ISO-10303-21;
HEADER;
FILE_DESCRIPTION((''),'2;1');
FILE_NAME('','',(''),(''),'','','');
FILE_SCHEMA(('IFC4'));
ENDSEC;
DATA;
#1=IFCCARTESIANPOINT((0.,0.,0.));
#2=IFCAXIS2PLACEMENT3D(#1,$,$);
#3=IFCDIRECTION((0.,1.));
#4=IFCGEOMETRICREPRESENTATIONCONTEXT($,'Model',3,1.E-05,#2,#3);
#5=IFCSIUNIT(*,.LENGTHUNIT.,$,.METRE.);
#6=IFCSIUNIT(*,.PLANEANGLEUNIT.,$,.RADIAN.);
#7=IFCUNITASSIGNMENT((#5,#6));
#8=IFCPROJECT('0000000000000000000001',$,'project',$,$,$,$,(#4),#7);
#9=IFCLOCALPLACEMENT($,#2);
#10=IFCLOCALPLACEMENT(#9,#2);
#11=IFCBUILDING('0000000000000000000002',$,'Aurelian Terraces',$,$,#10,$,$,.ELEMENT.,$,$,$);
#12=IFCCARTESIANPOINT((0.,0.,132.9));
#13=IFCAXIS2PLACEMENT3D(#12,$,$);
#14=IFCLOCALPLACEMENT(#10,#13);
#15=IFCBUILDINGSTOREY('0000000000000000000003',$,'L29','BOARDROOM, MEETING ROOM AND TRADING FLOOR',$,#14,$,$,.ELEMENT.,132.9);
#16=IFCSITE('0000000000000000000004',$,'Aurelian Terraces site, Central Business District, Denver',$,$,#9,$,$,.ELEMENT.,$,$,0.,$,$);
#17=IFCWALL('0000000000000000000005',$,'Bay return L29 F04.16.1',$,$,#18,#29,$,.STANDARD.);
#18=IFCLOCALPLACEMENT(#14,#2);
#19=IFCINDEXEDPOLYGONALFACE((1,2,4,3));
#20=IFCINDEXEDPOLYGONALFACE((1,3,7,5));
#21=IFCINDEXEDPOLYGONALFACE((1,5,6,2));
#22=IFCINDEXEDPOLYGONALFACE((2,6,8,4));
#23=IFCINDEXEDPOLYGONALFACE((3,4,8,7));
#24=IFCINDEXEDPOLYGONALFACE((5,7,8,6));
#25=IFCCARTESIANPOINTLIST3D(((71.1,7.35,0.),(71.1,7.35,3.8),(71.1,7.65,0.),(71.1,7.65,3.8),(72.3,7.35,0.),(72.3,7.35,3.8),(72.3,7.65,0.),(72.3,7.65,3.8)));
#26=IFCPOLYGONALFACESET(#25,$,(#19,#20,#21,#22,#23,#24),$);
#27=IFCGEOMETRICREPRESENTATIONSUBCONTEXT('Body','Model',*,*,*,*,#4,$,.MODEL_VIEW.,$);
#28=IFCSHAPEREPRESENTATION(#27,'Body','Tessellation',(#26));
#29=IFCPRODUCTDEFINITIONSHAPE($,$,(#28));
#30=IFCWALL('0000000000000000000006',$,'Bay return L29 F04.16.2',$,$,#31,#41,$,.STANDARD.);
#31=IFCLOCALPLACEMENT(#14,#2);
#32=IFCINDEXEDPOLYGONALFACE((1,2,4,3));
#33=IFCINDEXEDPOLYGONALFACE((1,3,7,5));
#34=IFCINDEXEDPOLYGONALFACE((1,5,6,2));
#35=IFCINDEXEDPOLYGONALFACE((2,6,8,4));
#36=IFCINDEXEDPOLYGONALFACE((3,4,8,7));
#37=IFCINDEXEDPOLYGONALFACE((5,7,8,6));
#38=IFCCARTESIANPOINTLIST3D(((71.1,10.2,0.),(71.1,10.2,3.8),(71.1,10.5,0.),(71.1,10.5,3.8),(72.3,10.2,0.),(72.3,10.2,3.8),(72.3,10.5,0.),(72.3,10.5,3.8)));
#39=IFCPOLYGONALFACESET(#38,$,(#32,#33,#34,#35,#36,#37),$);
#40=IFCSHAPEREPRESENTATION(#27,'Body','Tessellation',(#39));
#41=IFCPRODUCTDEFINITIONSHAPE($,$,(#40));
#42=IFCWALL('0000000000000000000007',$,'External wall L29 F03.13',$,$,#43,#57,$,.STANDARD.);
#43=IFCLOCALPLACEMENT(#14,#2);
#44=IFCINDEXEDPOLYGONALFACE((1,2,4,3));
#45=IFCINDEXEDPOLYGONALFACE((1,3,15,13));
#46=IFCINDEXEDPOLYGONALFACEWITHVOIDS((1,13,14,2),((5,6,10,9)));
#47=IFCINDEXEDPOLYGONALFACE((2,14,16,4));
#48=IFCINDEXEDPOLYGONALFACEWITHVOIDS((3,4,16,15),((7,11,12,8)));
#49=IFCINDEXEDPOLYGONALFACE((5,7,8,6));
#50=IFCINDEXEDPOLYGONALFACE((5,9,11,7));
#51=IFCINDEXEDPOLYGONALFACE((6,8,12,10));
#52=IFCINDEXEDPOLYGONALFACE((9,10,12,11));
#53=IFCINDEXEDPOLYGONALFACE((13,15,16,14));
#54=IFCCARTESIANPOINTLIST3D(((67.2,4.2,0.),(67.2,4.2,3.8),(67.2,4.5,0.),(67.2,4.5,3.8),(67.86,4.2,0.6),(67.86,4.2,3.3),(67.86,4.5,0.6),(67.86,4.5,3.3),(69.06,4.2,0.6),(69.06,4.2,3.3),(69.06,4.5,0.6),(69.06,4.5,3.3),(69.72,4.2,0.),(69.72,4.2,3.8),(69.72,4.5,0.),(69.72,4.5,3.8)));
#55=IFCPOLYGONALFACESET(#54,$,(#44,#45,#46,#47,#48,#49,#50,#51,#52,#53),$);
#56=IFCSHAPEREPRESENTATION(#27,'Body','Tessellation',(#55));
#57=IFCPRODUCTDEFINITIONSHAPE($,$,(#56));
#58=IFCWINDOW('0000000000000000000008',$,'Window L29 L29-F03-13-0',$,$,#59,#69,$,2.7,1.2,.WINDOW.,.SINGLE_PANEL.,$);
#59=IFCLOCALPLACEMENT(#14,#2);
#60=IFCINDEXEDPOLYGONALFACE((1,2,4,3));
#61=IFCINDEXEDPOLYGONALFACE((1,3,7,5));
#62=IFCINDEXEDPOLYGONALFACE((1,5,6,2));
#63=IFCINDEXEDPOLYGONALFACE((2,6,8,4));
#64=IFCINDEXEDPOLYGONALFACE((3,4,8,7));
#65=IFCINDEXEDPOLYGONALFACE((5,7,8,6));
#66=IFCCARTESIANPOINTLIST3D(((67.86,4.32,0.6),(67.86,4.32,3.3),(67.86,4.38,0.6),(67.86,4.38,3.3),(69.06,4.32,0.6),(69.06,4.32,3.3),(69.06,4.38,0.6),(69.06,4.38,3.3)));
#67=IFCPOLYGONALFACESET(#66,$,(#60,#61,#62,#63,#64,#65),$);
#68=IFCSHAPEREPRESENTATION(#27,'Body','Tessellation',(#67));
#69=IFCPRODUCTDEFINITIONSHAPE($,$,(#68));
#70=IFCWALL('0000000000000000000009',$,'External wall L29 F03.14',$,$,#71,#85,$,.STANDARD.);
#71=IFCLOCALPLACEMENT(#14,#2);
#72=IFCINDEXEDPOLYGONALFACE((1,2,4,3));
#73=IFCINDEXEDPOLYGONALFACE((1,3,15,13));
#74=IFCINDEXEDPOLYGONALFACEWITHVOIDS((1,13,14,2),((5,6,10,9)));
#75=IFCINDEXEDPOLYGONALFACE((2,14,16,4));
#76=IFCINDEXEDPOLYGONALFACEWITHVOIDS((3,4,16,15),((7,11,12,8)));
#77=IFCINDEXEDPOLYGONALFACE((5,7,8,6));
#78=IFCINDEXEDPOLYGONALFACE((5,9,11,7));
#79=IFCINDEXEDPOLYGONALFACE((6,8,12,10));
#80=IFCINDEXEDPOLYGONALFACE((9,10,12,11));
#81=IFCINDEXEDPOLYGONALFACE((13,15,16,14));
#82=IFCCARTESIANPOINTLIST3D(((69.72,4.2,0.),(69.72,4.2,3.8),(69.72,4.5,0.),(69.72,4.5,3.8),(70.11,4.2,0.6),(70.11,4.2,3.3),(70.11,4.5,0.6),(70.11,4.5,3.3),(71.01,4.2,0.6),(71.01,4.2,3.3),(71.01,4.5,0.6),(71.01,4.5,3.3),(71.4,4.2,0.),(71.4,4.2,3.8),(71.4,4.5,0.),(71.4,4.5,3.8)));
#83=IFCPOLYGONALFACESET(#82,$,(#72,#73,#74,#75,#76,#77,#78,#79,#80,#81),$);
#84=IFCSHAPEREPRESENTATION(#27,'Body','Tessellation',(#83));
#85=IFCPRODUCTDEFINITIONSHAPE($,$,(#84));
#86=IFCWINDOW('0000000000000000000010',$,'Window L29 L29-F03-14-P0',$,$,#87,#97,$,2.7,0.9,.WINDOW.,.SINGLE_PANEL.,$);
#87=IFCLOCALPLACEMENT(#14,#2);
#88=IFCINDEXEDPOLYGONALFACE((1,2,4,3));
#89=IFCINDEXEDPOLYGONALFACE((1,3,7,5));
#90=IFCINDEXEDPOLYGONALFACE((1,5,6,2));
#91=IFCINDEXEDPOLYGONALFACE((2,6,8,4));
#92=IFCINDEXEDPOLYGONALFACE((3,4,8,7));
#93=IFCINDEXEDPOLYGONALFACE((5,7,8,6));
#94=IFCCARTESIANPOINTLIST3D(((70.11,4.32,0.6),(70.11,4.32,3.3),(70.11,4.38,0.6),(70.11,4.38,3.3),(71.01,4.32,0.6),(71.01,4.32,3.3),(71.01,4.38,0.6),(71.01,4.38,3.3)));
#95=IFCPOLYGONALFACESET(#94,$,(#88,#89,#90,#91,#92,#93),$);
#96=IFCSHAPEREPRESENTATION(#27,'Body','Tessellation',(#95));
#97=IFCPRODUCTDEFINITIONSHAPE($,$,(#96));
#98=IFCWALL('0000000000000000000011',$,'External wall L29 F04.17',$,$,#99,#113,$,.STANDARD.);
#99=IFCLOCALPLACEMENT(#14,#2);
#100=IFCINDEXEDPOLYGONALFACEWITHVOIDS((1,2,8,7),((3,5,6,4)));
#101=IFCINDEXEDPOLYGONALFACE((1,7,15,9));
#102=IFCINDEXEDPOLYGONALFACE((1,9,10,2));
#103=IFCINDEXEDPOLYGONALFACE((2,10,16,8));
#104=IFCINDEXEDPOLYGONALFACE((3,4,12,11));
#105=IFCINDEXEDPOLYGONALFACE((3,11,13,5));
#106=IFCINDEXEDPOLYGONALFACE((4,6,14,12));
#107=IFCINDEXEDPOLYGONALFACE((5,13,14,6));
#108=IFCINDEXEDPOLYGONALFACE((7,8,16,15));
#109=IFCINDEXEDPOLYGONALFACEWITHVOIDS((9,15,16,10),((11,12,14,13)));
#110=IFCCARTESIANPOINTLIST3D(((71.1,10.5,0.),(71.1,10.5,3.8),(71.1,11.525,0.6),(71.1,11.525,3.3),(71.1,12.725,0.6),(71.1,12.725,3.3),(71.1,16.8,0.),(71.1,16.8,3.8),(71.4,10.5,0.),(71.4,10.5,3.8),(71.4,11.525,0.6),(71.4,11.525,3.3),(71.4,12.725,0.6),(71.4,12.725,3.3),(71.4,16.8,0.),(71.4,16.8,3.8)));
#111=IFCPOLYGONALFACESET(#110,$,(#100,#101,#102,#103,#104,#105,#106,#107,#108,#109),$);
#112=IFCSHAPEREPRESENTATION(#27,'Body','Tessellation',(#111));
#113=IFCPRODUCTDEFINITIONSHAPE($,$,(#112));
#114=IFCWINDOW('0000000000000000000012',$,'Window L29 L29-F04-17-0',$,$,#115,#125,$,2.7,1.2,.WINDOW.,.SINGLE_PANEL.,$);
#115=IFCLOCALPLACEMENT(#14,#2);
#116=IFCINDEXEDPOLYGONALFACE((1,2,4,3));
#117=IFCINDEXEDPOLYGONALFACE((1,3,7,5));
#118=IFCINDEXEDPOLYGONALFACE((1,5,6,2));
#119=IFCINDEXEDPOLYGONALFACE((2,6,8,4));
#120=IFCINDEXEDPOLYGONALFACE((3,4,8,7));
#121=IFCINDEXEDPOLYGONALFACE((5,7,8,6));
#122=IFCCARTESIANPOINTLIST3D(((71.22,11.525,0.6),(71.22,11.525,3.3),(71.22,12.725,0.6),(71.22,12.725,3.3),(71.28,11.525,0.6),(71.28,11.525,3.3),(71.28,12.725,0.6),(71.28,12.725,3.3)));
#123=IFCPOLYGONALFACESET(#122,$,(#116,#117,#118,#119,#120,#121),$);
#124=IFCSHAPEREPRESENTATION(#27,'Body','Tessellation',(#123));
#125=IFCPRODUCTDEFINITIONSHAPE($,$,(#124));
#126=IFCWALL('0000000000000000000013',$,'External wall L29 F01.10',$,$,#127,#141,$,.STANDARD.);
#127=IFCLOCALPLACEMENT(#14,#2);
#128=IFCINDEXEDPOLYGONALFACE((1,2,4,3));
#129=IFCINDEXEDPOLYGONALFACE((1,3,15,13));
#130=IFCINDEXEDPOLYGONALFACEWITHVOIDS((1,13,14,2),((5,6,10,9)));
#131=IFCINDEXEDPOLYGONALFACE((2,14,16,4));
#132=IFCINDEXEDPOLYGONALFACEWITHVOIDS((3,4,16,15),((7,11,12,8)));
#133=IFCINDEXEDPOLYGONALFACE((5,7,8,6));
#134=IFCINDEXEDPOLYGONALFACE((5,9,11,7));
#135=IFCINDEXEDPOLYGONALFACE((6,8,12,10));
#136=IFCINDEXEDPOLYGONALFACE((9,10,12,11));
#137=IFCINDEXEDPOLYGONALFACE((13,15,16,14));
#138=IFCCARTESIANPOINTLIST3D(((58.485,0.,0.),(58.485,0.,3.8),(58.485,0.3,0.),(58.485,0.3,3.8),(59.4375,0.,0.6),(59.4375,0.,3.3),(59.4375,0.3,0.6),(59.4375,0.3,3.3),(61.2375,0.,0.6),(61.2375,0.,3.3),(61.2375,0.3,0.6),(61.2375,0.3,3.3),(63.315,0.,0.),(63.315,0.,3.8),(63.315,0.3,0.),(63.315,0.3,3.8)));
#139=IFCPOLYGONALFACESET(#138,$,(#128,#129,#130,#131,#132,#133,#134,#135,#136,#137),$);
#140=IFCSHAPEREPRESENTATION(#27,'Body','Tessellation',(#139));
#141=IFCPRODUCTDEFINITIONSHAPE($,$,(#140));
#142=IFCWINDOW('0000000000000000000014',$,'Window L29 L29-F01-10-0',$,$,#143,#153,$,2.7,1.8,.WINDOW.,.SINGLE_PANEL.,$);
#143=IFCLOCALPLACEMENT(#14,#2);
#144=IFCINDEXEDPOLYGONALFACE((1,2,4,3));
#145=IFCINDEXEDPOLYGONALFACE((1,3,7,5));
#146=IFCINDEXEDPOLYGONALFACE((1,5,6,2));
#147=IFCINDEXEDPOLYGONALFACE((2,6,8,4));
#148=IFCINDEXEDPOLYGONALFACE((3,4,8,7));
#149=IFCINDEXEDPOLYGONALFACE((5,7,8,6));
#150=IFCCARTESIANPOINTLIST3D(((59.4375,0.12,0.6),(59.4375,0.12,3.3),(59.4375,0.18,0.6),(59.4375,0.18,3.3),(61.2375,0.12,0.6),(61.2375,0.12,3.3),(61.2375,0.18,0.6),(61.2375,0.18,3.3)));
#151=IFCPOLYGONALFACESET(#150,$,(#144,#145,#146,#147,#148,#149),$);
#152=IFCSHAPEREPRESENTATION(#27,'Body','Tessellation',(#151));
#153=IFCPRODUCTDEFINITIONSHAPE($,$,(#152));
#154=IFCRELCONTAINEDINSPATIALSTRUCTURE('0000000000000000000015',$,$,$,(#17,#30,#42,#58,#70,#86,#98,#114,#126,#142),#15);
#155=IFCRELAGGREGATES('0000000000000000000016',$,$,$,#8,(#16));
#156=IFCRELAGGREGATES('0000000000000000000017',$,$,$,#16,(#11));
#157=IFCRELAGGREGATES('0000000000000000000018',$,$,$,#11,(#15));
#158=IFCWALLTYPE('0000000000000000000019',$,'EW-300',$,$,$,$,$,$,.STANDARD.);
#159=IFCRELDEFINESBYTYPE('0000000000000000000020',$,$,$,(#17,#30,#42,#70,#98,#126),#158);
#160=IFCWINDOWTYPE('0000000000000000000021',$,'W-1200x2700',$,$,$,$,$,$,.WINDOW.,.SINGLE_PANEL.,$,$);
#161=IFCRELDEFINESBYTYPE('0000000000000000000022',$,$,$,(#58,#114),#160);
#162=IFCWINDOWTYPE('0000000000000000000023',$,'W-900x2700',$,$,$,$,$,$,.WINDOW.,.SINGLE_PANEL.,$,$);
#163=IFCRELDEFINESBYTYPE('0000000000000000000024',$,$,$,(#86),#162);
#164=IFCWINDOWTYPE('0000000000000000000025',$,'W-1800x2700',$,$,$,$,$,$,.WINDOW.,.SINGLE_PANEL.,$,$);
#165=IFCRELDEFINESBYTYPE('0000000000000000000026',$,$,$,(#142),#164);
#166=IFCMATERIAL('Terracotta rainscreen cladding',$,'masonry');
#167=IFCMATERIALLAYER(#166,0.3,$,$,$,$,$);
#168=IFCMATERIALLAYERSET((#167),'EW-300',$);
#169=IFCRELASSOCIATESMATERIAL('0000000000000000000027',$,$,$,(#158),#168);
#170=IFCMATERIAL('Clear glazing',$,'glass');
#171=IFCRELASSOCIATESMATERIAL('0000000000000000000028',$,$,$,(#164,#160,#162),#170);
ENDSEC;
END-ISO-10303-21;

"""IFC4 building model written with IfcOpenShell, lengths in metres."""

from ifc_helpers import new_model, si_unit, direction, frame, frame_2d, origin, place, context, subcontext, project, spatial, rectangle, extrude, source, transform, mapped, material, layer, layer_set, type_object, element, fill, save


model = new_model("IFC4")

# Units and contexts
model_context = context("Model", 3, precision=1e-05, world=origin(), true_north=direction((0.0, 1.0)))
body_context = subcontext(model_context, "Body", "Model", "MODEL_VIEW")
ifc_project = project(units=[si_unit("LENGTHUNIT", "METRE"), si_unit("PLANEANGLEUNIT", "RADIAN")], contexts=[model_context])

# Site, building, storey
site_placement = place(None, origin())
site = spatial("IfcSite", under=ifc_project, at=site_placement, Name="Aurelian Terraces site, Central Business District, Denver", CompositionType="ELEMENT", RefElevation=0.0)
building_placement = place(site_placement, origin())
building = spatial("IfcBuilding", under=site, at=building_placement, Name="Aurelian Terraces", CompositionType="ELEMENT")
storey_placement = place(building_placement, frame((0.0, 0.0, 132.9)))
storey = spatial("IfcBuildingStorey", under=building, at=storey_placement, Name="L29", Description="BOARDROOM, MEETING ROOM AND TRADING FLOOR", CompositionType="ELEMENT", Elevation=132.9)

# Shared definitions
ifc_material_1 = material(Name="Terracotta rainscreen cladding", Category="masonry")
ifc_layer_1 = layer(ifc_material_1, 0.3)
ifc_layer_set_1 = layer_set([ifc_layer_1], Name="EW-300")
wall_type_1 = type_object("IfcWallType", Name="EW-300", PredefinedType="STANDARD", material=ifc_layer_set_1)
shared_shape_1 = source(origin(), body_context, "Body", "SweptSolid", [
    extrude(rectangle(XDim=1.8, YDim=2.7, at=frame_2d((0.9, 1.35))), frame((0.0, 0.16, 0.0), z_axis=(0.0, -1.0, 0.0), x_axis=(1.0, 0.0, 0.0)), (0.0, 0.0, 1.0), 0.32),
])
ifc_material_2 = material(Name="Clear glazing", Category="glass")
window_type_1 = type_object("IfcWindowType", Name="W-1800x2700", PartitioningType="SINGLE_PANEL", PredefinedType="WINDOW", material=ifc_material_2)
shared_shape_2 = source(origin(), body_context, "Body", "SweptSolid", [
    extrude(rectangle(XDim=1.8, YDim=2.7, at=frame_2d((0.9, 1.35))), frame((0.0, 0.03, 0.0), z_axis=(0.0, -1.0, 0.0), x_axis=(1.0, 0.0, 0.0)), (0.0, 0.0, 1.0), 0.06),
])

# Walls
shared_shape_3 = source(origin(), body_context, "Body", "SweptSolid", [
    extrude(rectangle(XDim=1.2, YDim=0.3, at=frame_2d((0.6, 0.0))), origin(), (0.0, 0.0, 1.0), 3.8),
])
for number, where, z_axis, x_axis, name in (
    (1, (71.1, 7.5, 0.0), (0.0, 0.0, 1.0), (1.0, 0.0, 0.0), "Bay return L29 F04.16.1"),
    (2, (71.1, 10.35, 0.0), (0.0, 0.0, 1.0), (1.0, 0.0, 0.0), "Bay return L29 F04.16.2"),
):
    element("IfcWall", number, at=place(storey_placement, frame(where, z_axis=z_axis, x_axis=x_axis)), inside=storey, type_object=wall_type_1, Name=name, PredefinedType="STANDARD", context=body_context, shape_type="MappedRepresentation", body=[
        mapped(shared_shape_3, transform((0.0, 0.0, 0.0), scale=1.0)),
    ])

# Walls, openings, windows
shared_shape_4 = source(origin(), body_context, "Body", "SweptSolid", [
    extrude(rectangle(XDim=2.52, YDim=0.3, at=frame_2d((1.26, 0.0))), origin(), (0.0, 0.0, 1.0), 3.8),
])
wall_1_placement = place(storey_placement, frame((67.2, 4.35, 0.0), z_axis=(0.0, 0.0, 1.0), x_axis=(1.0, 0.0, 0.0)))
wall_1 = element("IfcWall", 3, at=wall_1_placement, inside=storey, type_object=wall_type_1, Name="External wall L29 F03.13", PredefinedType="STANDARD", context=body_context, shape_type="MappedRepresentation", body=[
    mapped(shared_shape_4, transform((0.0, 0.0, 0.0), scale=1.0)),
])
shared_shape_5 = source(origin(), body_context, "Body", "SweptSolid", [
    extrude(rectangle(XDim=1.2, YDim=2.7, at=frame_2d((0.6, 1.35))), frame((0.0, 0.16, 0.0), z_axis=(0.0, -1.0, 0.0), x_axis=(1.0, 0.0, 0.0)), (0.0, 0.0, 1.0), 0.32),
])
opening_1_placement = place(wall_1_placement, frame((0.66, 0.0, 0.6)))
opening_1 = element("IfcOpeningElement", 4, at=opening_1_placement, cuts=wall_1, PredefinedType="OPENING", context=body_context, shape_type="MappedRepresentation", body=[
    mapped(shared_shape_5, transform((0.0, 0.0, 0.0), scale=1.0)),
])
window_type_2 = type_object("IfcWindowType", Name="W-1200x2700", PartitioningType="SINGLE_PANEL", PredefinedType="WINDOW", material=ifc_material_2)
shared_shape_6 = source(origin(), body_context, "Body", "SweptSolid", [
    extrude(rectangle(XDim=1.2, YDim=2.7, at=frame_2d((0.6, 1.35))), frame((0.0, 0.03, 0.0), z_axis=(0.0, -1.0, 0.0), x_axis=(1.0, 0.0, 0.0)), (0.0, 0.0, 1.0), 0.06),
])
window_1_placement = place(opening_1_placement, origin())
window_1 = element("IfcWindow", 5, at=window_1_placement, inside=storey, type_object=window_type_2, Name="Window L29 L29-F03-13-0", OverallHeight=2.7, OverallWidth=1.2, PartitioningType="SINGLE_PANEL", PredefinedType="WINDOW", context=body_context, shape_type="MappedRepresentation", body=[
    mapped(shared_shape_6, transform((0.0, 0.0, 0.0), scale=1.0)),
])
fill(opening_1, window_1)
shared_shape_7 = source(origin(), body_context, "Body", "SweptSolid", [
    extrude(rectangle(XDim=1.68, YDim=0.3, at=frame_2d((0.84, 0.0))), origin(), (0.0, 0.0, 1.0), 3.8),
])
wall_2_placement = place(storey_placement, frame((69.72, 4.35, 0.0), z_axis=(0.0, 0.0, 1.0), x_axis=(1.0, 0.0, 0.0)))
wall_2 = element("IfcWall", 6, at=wall_2_placement, inside=storey, type_object=wall_type_1, Name="External wall L29 F03.14", PredefinedType="STANDARD", context=body_context, shape_type="MappedRepresentation", body=[
    mapped(shared_shape_7, transform((0.0, 0.0, 0.0), scale=1.0)),
])
shared_shape_8 = source(origin(), body_context, "Body", "SweptSolid", [
    extrude(rectangle(XDim=0.9, YDim=2.7, at=frame_2d((0.45, 1.35))), frame((0.0, 0.16, 0.0), z_axis=(0.0, -1.0, 0.0), x_axis=(1.0, 0.0, 0.0)), (0.0, 0.0, 1.0), 0.32),
])
opening_2_placement = place(wall_2_placement, frame((0.39, 0.0, 0.6)))
opening_2 = element("IfcOpeningElement", 7, at=opening_2_placement, cuts=wall_2, PredefinedType="OPENING", context=body_context, shape_type="MappedRepresentation", body=[
    mapped(shared_shape_8, transform((0.0, 0.0, 0.0), scale=1.0)),
])
window_type_3 = type_object("IfcWindowType", Name="W-900x2700", PartitioningType="SINGLE_PANEL", PredefinedType="WINDOW", material=ifc_material_2)
shared_shape_9 = source(origin(), body_context, "Body", "SweptSolid", [
    extrude(rectangle(XDim=0.9, YDim=2.7, at=frame_2d((0.45, 1.35))), frame((0.0, 0.03, 0.0), z_axis=(0.0, -1.0, 0.0), x_axis=(1.0, 0.0, 0.0)), (0.0, 0.0, 1.0), 0.06),
])
window_2_placement = place(opening_2_placement, origin())
window_2 = element("IfcWindow", 8, at=window_2_placement, inside=storey, type_object=window_type_3, Name="Window L29 L29-F03-14-P0", OverallHeight=2.7, OverallWidth=0.9, PartitioningType="SINGLE_PANEL", PredefinedType="WINDOW", context=body_context, shape_type="MappedRepresentation", body=[
    mapped(shared_shape_9, transform((0.0, 0.0, 0.0), scale=1.0)),
])
fill(opening_2, window_2)
shared_shape_10 = source(origin(), body_context, "Body", "SweptSolid", [
    extrude(rectangle(XDim=6.3, YDim=0.3, at=frame_2d((3.15, 0.0))), origin(), (0.0, 0.0, 1.0), 3.8),
])
wall_3_placement = place(storey_placement, frame((71.25, 10.5, 0.0), z_axis=(0.0, 0.0, 1.0), x_axis=(0.0, 1.0, 0.0)))
wall_3 = element("IfcWall", 9, at=wall_3_placement, inside=storey, type_object=wall_type_1, Name="External wall L29 F04.17", PredefinedType="STANDARD", context=body_context, shape_type="MappedRepresentation", body=[
    mapped(shared_shape_10, transform((0.0, 0.0, 0.0), scale=1.0)),
])
opening_3_placement = place(wall_3_placement, frame((1.025, 0.0, 0.6)))
opening_3 = element("IfcOpeningElement", 10, at=opening_3_placement, cuts=wall_3, PredefinedType="OPENING", context=body_context, shape_type="MappedRepresentation", body=[
    mapped(shared_shape_5, transform((0.0, 0.0, 0.0), scale=1.0)),
])
window_3_placement = place(opening_3_placement, origin())
window_3 = element("IfcWindow", 11, at=window_3_placement, inside=storey, type_object=window_type_2, Name="Window L29 L29-F04-17-0", OverallHeight=2.7, OverallWidth=1.2, PartitioningType="SINGLE_PANEL", PredefinedType="WINDOW", context=body_context, shape_type="MappedRepresentation", body=[
    mapped(shared_shape_6, transform((0.0, 0.0, 0.0), scale=1.0)),
])
fill(opening_3, window_3)
shared_shape_11 = source(origin(), body_context, "Body", "SweptSolid", [
    extrude(rectangle(XDim=4.83, YDim=0.3, at=frame_2d((2.415, 0.0))), origin(), (0.0, 0.0, 1.0), 3.8),
])
wall_4_placement = place(storey_placement, frame((58.485, 0.15, 0.0), z_axis=(0.0, 0.0, 1.0), x_axis=(1.0, 0.0, 0.0)))
wall_4 = element("IfcWall", 12, at=wall_4_placement, inside=storey, type_object=wall_type_1, Name="External wall L29 F01.10", PredefinedType="STANDARD", context=body_context, shape_type="MappedRepresentation", body=[
    mapped(shared_shape_11, transform((0.0, 0.0, 0.0), scale=1.0)),
])
opening_4_placement = place(wall_4_placement, frame((0.9525, 0.0, 0.6)))
opening_4 = element("IfcOpeningElement", 13, at=opening_4_placement, cuts=wall_4, PredefinedType="OPENING", context=body_context, shape_type="MappedRepresentation", body=[
    mapped(shared_shape_1, transform((0.0, 0.0, 0.0), scale=1.0)),
])
window_4_placement = place(opening_4_placement, origin())
window_4 = element("IfcWindow", 14, at=window_4_placement, inside=storey, type_object=window_type_1, Name="Window L29 L29-F01-10-0", OverallHeight=2.7, OverallWidth=1.8, PartitioningType="SINGLE_PANEL", PredefinedType="WINDOW", context=body_context, shape_type="MappedRepresentation", body=[
    mapped(shared_shape_2, transform((0.0, 0.0, 0.0), scale=1.0)),
])
fill(opening_4, window_4)

save(model, "model.ifc")
